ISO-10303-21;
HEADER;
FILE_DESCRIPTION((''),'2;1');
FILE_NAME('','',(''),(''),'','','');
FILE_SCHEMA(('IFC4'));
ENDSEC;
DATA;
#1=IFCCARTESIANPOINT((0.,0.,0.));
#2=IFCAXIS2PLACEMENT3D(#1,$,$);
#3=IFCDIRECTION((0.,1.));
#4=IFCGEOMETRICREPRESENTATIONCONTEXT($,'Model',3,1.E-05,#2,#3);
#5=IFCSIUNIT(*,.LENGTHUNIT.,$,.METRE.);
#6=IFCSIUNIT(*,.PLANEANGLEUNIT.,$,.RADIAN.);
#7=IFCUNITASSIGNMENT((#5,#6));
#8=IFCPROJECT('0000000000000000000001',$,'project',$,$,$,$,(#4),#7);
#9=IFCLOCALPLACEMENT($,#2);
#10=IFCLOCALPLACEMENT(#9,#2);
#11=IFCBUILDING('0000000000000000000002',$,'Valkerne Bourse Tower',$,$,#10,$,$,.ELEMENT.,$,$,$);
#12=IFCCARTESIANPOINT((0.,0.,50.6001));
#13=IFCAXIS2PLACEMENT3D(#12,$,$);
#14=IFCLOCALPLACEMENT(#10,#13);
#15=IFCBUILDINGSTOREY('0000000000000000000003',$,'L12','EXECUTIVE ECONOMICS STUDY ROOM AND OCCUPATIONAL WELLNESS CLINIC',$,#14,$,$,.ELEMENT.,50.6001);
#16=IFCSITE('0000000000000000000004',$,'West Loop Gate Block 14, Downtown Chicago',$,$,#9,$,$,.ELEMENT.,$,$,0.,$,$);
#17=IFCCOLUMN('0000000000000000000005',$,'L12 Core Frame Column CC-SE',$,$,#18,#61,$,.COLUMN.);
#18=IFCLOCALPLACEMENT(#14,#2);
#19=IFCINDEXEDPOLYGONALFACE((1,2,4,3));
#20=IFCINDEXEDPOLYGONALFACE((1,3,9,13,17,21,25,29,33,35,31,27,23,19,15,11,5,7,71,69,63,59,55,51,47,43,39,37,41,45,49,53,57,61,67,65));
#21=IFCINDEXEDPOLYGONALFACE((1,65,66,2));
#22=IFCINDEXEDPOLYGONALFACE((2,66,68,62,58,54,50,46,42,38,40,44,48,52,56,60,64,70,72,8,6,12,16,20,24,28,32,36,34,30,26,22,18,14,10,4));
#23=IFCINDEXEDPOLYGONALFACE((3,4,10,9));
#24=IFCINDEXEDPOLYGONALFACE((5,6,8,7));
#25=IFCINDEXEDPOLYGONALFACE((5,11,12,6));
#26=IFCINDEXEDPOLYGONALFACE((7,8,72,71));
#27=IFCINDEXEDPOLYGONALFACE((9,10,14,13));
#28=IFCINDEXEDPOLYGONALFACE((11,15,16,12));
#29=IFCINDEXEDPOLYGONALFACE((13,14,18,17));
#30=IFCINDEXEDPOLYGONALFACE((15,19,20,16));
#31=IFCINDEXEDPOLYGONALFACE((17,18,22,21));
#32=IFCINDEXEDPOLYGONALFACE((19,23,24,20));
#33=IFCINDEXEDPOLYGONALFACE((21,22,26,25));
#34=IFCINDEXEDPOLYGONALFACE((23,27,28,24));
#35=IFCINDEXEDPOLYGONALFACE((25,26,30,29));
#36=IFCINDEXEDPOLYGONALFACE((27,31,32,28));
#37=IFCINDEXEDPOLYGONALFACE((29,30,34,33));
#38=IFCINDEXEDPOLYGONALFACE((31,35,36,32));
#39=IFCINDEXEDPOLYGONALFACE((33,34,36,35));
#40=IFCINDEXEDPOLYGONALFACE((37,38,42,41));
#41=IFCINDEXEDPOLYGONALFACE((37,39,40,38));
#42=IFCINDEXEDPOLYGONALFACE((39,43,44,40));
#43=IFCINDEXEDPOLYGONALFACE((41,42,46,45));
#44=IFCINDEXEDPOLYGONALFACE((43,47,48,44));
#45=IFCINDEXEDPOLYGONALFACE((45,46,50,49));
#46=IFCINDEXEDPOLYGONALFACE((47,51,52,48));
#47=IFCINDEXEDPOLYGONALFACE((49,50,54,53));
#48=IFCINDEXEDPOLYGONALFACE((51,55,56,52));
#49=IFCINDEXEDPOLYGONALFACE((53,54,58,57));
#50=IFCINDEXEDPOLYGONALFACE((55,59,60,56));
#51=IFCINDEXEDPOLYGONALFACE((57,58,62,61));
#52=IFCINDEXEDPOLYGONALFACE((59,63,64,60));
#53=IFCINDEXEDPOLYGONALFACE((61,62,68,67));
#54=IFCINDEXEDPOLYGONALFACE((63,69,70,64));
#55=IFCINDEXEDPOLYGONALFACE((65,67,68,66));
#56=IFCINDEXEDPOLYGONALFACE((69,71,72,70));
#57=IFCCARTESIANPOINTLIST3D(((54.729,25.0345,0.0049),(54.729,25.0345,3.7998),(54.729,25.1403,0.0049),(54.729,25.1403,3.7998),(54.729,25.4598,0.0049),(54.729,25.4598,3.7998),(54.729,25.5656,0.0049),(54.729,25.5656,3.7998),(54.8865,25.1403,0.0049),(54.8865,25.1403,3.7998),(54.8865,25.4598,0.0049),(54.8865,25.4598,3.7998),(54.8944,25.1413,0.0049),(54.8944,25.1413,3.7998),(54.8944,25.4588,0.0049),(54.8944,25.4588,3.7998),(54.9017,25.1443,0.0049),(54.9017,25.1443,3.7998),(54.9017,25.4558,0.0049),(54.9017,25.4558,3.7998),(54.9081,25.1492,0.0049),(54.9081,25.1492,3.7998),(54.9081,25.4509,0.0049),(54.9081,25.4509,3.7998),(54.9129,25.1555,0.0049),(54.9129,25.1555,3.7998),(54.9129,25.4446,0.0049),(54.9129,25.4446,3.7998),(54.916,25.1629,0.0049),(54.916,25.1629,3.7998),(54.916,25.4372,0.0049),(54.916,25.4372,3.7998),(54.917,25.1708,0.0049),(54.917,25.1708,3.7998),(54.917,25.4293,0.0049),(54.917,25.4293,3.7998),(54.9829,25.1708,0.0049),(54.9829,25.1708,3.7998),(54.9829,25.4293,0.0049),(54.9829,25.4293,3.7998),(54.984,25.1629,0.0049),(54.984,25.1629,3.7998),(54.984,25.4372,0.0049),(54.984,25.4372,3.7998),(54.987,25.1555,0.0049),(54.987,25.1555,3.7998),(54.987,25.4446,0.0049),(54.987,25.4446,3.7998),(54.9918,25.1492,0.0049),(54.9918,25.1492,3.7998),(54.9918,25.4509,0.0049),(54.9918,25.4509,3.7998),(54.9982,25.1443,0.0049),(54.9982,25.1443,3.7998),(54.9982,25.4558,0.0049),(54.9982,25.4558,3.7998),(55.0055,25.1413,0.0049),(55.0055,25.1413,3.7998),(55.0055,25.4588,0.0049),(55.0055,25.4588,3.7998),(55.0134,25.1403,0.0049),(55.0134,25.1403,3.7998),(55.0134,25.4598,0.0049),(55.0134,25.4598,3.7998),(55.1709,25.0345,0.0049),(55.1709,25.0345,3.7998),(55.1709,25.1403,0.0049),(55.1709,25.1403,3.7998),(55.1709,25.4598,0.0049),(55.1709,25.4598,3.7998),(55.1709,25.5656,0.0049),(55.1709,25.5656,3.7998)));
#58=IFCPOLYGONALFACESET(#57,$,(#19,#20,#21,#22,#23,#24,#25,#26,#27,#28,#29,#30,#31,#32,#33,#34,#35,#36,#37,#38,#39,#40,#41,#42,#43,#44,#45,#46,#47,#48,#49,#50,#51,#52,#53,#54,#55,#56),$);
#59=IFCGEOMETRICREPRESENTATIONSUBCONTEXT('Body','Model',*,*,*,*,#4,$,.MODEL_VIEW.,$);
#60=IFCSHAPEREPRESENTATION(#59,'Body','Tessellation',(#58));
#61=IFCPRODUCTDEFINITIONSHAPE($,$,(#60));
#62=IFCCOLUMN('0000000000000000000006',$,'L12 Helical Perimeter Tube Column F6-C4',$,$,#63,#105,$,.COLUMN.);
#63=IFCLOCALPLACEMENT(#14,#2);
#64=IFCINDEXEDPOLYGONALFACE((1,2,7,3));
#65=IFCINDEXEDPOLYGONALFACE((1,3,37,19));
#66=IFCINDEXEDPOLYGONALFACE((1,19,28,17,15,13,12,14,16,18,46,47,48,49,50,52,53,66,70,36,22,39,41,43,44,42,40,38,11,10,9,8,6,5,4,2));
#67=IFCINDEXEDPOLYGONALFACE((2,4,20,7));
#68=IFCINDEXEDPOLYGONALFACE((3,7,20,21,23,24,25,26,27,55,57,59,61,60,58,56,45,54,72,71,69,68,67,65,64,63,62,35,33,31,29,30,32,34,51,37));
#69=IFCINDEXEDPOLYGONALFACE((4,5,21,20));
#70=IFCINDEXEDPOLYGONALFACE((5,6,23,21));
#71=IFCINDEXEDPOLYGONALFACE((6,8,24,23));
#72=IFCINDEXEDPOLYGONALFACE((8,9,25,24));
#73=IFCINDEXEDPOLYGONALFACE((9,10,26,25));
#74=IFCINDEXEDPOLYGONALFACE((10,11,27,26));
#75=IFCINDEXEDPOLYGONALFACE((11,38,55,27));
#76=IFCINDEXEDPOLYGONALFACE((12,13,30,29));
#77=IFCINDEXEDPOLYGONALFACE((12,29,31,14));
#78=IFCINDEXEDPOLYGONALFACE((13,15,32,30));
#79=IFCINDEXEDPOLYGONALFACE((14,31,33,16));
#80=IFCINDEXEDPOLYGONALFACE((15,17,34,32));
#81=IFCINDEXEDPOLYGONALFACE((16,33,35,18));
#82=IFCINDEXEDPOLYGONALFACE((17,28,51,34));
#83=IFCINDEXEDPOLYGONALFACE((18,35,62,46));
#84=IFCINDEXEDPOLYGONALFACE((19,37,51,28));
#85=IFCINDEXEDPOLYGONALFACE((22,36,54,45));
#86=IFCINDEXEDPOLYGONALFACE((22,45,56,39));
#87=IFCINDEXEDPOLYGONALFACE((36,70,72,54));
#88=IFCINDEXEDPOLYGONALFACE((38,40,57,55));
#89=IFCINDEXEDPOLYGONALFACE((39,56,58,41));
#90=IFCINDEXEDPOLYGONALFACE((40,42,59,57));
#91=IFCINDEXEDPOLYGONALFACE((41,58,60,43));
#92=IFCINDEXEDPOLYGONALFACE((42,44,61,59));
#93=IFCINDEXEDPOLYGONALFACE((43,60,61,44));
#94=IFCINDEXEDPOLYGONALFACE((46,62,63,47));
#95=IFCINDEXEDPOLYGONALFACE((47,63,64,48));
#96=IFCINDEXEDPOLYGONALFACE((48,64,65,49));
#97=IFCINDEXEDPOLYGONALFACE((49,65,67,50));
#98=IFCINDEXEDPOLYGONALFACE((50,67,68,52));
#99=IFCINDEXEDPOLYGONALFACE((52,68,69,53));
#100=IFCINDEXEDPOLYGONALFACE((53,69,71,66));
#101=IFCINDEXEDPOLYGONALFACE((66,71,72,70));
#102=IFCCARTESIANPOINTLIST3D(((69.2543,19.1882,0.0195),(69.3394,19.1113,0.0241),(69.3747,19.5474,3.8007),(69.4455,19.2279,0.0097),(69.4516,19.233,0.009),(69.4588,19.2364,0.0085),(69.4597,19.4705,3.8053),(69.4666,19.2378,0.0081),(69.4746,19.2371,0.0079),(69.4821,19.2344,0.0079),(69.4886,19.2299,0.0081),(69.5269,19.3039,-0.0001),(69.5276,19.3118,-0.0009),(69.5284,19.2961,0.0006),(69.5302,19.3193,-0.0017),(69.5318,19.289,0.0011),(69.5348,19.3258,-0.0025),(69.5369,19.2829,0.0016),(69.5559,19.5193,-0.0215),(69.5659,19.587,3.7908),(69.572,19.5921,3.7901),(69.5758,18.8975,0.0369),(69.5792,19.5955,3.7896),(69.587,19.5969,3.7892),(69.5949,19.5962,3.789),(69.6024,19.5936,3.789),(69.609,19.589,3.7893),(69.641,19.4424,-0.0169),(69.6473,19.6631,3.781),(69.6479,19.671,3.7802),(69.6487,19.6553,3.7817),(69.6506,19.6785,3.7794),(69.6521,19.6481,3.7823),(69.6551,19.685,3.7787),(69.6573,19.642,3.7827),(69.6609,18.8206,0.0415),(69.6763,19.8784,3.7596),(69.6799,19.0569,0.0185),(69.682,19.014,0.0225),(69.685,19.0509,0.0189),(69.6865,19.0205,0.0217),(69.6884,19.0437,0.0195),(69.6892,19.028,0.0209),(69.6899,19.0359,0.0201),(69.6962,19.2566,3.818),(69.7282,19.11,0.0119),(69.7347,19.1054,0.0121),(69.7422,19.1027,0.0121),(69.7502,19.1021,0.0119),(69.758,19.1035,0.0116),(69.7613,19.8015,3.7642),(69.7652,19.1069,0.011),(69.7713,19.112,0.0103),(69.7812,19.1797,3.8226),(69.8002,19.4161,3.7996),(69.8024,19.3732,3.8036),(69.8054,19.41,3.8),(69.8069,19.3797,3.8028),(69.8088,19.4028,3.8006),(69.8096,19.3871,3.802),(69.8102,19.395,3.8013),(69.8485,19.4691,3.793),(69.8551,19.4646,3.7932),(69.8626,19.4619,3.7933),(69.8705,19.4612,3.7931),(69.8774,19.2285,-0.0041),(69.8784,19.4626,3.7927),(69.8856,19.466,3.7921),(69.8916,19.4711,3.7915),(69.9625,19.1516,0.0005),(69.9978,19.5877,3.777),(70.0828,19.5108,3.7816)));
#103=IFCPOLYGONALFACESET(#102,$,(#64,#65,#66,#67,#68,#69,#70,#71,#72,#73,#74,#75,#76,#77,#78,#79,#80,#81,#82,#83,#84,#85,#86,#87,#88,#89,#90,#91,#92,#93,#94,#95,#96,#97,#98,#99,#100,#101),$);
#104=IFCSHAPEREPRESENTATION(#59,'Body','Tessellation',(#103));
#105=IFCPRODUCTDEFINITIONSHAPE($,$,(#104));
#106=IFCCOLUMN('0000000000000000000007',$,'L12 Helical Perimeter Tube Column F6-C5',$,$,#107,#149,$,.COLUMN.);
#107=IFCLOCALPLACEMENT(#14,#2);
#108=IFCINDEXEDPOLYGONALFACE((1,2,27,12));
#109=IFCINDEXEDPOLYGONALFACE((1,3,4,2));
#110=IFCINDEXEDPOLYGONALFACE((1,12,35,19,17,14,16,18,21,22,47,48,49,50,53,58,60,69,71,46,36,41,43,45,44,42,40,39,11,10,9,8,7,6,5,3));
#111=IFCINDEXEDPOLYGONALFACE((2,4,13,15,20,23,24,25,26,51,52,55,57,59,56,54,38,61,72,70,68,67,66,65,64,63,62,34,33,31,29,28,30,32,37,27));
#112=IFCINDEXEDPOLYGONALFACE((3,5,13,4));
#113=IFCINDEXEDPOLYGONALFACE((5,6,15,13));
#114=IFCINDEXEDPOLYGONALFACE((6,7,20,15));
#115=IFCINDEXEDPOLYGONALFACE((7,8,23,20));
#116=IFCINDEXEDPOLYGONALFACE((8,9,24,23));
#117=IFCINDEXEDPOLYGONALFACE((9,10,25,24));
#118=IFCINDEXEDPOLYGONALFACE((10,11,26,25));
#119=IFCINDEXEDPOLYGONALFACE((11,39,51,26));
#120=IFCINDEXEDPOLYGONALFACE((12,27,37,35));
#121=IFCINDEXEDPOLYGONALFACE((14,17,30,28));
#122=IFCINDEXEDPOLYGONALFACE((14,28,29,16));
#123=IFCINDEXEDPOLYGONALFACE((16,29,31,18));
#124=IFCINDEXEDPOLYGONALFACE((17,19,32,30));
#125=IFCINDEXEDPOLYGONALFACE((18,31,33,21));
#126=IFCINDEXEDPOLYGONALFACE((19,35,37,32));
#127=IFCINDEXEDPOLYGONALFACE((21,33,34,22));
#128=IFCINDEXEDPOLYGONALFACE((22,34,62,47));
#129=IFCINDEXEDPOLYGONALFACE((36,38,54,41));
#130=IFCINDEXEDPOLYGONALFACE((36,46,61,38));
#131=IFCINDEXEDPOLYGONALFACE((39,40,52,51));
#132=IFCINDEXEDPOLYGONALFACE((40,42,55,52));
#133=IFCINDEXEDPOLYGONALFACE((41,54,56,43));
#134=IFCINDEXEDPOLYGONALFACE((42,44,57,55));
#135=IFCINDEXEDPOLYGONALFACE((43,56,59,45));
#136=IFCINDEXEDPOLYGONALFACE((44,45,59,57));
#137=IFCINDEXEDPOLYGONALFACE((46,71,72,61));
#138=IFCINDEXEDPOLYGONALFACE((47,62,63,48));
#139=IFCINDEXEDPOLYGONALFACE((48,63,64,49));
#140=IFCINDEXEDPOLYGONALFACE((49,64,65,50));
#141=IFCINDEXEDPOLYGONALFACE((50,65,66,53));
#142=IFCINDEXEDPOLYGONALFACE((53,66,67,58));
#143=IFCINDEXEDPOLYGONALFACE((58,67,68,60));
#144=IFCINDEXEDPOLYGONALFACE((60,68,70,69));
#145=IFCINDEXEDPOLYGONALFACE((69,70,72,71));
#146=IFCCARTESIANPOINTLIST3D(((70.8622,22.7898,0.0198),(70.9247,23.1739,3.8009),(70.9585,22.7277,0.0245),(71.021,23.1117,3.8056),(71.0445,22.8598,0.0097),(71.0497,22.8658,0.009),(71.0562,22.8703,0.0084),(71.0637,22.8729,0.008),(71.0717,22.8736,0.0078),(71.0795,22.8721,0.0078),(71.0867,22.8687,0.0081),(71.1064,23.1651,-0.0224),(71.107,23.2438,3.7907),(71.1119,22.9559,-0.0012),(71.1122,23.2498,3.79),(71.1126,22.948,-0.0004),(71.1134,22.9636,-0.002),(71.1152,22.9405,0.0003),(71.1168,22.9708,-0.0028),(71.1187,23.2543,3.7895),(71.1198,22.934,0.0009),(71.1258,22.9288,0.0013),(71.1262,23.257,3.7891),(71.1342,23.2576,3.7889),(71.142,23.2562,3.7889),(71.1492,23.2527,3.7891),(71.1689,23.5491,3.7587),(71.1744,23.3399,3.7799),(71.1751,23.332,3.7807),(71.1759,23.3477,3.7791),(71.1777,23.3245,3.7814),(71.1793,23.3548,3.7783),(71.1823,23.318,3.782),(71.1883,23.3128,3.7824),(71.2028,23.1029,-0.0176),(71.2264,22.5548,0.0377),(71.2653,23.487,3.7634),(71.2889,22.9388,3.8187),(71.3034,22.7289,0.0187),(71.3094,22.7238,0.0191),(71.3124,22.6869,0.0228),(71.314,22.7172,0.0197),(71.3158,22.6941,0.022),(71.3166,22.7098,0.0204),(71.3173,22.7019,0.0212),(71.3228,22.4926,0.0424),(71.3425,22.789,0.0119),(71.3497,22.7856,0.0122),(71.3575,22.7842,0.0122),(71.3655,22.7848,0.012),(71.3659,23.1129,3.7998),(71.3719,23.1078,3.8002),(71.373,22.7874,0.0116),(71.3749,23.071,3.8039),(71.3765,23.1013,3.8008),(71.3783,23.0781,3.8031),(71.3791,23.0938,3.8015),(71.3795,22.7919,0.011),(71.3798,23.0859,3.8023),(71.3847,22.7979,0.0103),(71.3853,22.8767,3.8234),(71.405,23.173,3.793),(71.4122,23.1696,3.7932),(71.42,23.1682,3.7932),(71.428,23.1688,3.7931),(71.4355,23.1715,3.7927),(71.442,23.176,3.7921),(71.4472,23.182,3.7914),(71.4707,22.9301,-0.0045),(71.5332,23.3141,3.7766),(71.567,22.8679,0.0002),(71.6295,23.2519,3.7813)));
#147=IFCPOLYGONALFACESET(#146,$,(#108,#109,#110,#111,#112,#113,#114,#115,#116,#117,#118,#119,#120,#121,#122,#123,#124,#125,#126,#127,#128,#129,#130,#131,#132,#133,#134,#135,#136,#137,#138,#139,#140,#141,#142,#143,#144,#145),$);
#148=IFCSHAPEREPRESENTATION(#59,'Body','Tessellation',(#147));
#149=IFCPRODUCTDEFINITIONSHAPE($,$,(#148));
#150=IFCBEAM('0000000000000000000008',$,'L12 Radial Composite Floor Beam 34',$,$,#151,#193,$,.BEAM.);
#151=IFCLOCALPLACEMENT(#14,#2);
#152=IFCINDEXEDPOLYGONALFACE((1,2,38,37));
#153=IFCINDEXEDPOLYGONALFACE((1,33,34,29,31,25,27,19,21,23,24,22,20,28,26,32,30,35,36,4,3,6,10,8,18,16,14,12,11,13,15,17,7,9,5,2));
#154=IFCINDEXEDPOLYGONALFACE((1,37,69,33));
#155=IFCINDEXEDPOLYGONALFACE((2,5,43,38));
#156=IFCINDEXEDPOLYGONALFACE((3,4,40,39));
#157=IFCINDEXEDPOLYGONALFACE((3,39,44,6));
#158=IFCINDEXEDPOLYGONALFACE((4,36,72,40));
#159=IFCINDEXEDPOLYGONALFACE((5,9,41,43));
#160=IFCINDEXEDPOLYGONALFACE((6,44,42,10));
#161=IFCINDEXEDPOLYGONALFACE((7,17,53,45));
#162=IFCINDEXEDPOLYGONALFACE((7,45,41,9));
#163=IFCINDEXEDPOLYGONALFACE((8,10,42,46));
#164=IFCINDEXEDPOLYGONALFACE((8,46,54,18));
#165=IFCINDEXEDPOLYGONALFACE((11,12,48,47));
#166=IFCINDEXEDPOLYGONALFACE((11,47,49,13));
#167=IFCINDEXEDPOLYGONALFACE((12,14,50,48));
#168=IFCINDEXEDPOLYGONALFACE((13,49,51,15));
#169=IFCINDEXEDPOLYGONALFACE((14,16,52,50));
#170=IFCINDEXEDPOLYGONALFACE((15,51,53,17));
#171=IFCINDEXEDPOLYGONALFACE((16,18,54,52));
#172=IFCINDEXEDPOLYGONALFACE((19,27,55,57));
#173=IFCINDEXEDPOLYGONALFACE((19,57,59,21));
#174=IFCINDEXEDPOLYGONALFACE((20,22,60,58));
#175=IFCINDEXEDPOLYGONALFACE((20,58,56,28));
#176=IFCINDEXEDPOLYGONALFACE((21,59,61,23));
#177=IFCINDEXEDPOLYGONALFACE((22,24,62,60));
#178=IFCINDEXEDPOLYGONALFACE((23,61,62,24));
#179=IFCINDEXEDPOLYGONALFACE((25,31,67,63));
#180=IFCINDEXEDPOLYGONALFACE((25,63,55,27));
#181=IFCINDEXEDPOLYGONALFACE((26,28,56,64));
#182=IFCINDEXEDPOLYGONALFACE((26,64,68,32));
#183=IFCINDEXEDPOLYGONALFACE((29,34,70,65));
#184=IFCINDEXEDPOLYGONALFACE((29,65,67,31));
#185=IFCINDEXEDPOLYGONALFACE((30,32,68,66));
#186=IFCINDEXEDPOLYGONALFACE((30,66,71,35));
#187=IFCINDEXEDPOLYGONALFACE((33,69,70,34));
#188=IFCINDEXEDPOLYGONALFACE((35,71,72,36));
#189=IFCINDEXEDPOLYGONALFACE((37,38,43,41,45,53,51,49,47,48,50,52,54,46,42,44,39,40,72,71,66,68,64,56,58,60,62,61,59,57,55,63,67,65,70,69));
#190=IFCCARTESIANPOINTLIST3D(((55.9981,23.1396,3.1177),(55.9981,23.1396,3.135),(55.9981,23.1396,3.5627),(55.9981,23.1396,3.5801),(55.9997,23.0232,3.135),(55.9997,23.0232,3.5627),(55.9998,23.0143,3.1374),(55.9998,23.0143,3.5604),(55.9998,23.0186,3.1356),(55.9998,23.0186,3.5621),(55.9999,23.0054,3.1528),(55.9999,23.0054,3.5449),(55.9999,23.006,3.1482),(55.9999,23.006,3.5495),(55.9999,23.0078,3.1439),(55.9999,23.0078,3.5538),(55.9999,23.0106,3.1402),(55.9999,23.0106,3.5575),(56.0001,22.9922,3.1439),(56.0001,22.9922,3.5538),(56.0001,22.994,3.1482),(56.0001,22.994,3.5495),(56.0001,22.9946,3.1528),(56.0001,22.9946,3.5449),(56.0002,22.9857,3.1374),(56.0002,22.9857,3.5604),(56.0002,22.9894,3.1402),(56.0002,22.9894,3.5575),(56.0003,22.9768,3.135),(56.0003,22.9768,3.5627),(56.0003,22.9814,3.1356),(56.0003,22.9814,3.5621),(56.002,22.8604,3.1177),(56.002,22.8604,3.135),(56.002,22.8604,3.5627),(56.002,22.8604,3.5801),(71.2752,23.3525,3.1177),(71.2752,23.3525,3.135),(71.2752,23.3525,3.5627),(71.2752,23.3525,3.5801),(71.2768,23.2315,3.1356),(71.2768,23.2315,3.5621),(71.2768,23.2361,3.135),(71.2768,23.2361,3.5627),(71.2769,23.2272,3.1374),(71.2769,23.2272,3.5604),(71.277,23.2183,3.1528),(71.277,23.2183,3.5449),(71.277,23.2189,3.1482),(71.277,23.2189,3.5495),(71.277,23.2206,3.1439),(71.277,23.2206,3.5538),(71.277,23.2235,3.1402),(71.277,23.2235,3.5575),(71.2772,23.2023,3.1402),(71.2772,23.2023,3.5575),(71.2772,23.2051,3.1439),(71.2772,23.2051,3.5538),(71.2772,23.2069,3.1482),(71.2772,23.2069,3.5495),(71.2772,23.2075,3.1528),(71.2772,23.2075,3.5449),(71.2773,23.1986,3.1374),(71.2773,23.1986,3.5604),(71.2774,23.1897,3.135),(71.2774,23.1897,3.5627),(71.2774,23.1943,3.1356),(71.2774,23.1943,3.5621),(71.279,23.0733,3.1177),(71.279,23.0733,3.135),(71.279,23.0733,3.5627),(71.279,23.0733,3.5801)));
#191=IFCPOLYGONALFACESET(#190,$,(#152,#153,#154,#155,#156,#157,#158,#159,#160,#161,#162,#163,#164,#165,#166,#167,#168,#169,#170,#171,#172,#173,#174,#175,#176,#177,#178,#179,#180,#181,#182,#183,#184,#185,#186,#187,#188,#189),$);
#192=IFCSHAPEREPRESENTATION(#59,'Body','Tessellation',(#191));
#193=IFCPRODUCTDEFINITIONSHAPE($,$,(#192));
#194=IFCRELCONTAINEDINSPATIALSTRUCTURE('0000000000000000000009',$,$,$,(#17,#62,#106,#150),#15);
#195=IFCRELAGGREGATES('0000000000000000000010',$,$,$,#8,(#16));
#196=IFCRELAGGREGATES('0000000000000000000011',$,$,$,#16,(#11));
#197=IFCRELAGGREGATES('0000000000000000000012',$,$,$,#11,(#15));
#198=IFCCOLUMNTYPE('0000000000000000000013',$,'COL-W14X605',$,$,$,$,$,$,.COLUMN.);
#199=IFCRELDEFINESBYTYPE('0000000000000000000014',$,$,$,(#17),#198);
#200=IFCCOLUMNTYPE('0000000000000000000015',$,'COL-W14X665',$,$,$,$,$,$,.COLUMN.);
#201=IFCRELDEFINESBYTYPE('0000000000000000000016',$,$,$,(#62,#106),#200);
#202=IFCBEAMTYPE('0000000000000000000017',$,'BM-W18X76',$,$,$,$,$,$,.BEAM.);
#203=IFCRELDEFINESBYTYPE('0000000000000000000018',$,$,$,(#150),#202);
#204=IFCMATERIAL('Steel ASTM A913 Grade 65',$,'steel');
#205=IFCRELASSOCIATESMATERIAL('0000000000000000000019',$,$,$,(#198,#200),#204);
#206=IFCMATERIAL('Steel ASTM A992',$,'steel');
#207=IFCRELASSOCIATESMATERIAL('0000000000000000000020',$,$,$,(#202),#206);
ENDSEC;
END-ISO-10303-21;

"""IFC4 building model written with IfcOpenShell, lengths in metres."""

from ifc_helpers import new_model, si_unit, direction, frame, origin, origin_2d, place, context, subcontext, project, spatial, i_section, extrude, material, material_profile, profile_set, type_object, element, save


model = new_model("IFC4")

# Units and contexts
model_context = context("Model", 3, precision=1e-05, world=origin(), true_north=direction((0.0, 1.0)))
body_context = subcontext(model_context, "Body", "Model", "MODEL_VIEW")
ifc_project = project(units=[si_unit("LENGTHUNIT", "METRE"), si_unit("PLANEANGLEUNIT", "RADIAN")], contexts=[model_context])

# Site, building, storey
site_placement = place(None, origin())
site = spatial("IfcSite", under=ifc_project, at=site_placement, Name="West Loop Gate Block 14, Downtown Chicago", CompositionType="ELEMENT", RefElevation=0.0)
building_placement = place(site_placement, origin())
building = spatial("IfcBuilding", under=site, at=building_placement, Name="Valkerne Bourse Tower", CompositionType="ELEMENT")
storey_placement = place(building_placement, frame((0.0, 0.0, 50.6001)))
storey = spatial("IfcBuildingStorey", under=building, at=storey_placement, Name="L12", Description="EXECUTIVE ECONOMICS STUDY ROOM AND OCCUPATIONAL WELLNESS CLINIC", CompositionType="ELEMENT", Elevation=50.6001)

# Columns
ifc_material_1 = material(Name="Steel ASTM A913 Grade 65", Category="steel")
ifc_material_profile_1 = material_profile(ifc_material_1, i_section(OverallWidth=0.4419, OverallDepth=0.531, WebThickness=0.0659, FlangeThickness=0.1057, FilletRadius=0.0305, at=origin_2d()), Name="W14X605")
ifc_profile_set_1 = profile_set([ifc_material_profile_1], Name="Steel ASTM A913 Grade 65")
column_type_1 = type_object("IfcColumnType", Name="COL-W14X605", PredefinedType="COLUMN", material=ifc_profile_set_1)
column_1_placement = place(storey_placement, frame((54.95, 25.3, 0.0049), z_axis=(0.0, 0.0, 1.0), x_axis=(1.0, 0.0, 0.0)))
element("IfcColumn", 1, at=column_1_placement, inside=storey, type_object=column_type_1, Name="L12 Core Frame Column CC-SE", PredefinedType="COLUMN", context=body_context, shape_type="SweptSolid", body=[
    extrude(i_section(OverallWidth=0.4419, OverallDepth=0.531, WebThickness=0.0659, FlangeThickness=0.1057, FilletRadius=0.0305, at=origin_2d()), origin(), (0.0, 0.0, 1.0), 3.7949),
])
ifc_material_profile_2 = material_profile(ifc_material_1, i_section(OverallWidth=0.4497, OverallDepth=0.5486, WebThickness=0.072, FlangeThickness=0.1147, FilletRadius=0.0305, at=origin_2d()), Name="W14X665")
ifc_profile_set_2 = profile_set([ifc_material_profile_2], Name="Steel ASTM A913 Grade 65")
column_type_2 = type_object("IfcColumnType", Name="COL-W14X665", PredefinedType="COLUMN", material=ifc_profile_set_2)
column_2_placement = place(storey_placement, frame((69.6084, 19.1699, 0.01), z_axis=(0.031675, 0.09451, 0.99502), x_axis=(-0.670638, -0.736148, 0.09127)))
element("IfcColumn", 2, at=column_2_placement, inside=storey, type_object=column_type_2, Name="L12 Helical Perimeter Tube Column F6-C4", PredefinedType="COLUMN", context=body_context, shape_type="SweptSolid", body=[
    extrude(i_section(OverallWidth=0.4497, OverallDepth=0.5486, WebThickness=0.072, FlangeThickness=0.1147, FilletRadius=0.0305, at=origin_2d()), origin(), (0.0, 0.0, 1.0), 3.8),
])
column_3_placement = place(storey_placement, frame((71.2146, 22.8289, 0.01), z_axis=(0.016443, 0.101036, 0.994747), x_axis=(-0.543041, -0.834458, 0.093732)))
element("IfcColumn", 3, at=column_3_placement, inside=storey, type_object=column_type_2, Name="L12 Helical Perimeter Tube Column F6-C5", PredefinedType="COLUMN", context=body_context, shape_type="SweptSolid", body=[
    extrude(i_section(OverallWidth=0.4497, OverallDepth=0.5486, WebThickness=0.072, FlangeThickness=0.1147, FilletRadius=0.0305, at=origin_2d()), origin(), (0.0, 0.0, 1.0), 3.801),
])

# Beam
ifc_material_2 = material(Name="Steel ASTM A992", Category="steel")
ifc_material_profile_3 = material_profile(ifc_material_2, i_section(OverallWidth=0.2793, OverallDepth=0.4624, WebThickness=0.0107, FlangeThickness=0.0173, FilletRadius=0.0178, at=origin_2d()), Name="W18X76")
ifc_profile_set_3 = profile_set([ifc_material_profile_3], Name="Steel ASTM A992")
beam_type_1 = type_object("IfcBeamType", Name="BM-W18X76", PredefinedType="BEAM", material=ifc_profile_set_3)
beam_1_placement = place(storey_placement, frame((71.2771, 23.2129, 3.3489), z_axis=(-0.999903, -0.013934, 0.0), x_axis=(0.013934, -0.999903, 0.0)))
element("IfcBeam", 4, at=beam_1_placement, inside=storey, type_object=beam_type_1, Name="L12 Radial Composite Floor Beam 34", PredefinedType="BEAM", context=body_context, shape_type="SweptSolid", body=[
    extrude(i_section(OverallWidth=0.2793, OverallDepth=0.4624, WebThickness=0.0107, FlangeThickness=0.0173, FilletRadius=0.0178, at=origin_2d()), origin(), (0.0, 0.0, 1.0), 15.2786),
])

save(model, "model.ifc")
